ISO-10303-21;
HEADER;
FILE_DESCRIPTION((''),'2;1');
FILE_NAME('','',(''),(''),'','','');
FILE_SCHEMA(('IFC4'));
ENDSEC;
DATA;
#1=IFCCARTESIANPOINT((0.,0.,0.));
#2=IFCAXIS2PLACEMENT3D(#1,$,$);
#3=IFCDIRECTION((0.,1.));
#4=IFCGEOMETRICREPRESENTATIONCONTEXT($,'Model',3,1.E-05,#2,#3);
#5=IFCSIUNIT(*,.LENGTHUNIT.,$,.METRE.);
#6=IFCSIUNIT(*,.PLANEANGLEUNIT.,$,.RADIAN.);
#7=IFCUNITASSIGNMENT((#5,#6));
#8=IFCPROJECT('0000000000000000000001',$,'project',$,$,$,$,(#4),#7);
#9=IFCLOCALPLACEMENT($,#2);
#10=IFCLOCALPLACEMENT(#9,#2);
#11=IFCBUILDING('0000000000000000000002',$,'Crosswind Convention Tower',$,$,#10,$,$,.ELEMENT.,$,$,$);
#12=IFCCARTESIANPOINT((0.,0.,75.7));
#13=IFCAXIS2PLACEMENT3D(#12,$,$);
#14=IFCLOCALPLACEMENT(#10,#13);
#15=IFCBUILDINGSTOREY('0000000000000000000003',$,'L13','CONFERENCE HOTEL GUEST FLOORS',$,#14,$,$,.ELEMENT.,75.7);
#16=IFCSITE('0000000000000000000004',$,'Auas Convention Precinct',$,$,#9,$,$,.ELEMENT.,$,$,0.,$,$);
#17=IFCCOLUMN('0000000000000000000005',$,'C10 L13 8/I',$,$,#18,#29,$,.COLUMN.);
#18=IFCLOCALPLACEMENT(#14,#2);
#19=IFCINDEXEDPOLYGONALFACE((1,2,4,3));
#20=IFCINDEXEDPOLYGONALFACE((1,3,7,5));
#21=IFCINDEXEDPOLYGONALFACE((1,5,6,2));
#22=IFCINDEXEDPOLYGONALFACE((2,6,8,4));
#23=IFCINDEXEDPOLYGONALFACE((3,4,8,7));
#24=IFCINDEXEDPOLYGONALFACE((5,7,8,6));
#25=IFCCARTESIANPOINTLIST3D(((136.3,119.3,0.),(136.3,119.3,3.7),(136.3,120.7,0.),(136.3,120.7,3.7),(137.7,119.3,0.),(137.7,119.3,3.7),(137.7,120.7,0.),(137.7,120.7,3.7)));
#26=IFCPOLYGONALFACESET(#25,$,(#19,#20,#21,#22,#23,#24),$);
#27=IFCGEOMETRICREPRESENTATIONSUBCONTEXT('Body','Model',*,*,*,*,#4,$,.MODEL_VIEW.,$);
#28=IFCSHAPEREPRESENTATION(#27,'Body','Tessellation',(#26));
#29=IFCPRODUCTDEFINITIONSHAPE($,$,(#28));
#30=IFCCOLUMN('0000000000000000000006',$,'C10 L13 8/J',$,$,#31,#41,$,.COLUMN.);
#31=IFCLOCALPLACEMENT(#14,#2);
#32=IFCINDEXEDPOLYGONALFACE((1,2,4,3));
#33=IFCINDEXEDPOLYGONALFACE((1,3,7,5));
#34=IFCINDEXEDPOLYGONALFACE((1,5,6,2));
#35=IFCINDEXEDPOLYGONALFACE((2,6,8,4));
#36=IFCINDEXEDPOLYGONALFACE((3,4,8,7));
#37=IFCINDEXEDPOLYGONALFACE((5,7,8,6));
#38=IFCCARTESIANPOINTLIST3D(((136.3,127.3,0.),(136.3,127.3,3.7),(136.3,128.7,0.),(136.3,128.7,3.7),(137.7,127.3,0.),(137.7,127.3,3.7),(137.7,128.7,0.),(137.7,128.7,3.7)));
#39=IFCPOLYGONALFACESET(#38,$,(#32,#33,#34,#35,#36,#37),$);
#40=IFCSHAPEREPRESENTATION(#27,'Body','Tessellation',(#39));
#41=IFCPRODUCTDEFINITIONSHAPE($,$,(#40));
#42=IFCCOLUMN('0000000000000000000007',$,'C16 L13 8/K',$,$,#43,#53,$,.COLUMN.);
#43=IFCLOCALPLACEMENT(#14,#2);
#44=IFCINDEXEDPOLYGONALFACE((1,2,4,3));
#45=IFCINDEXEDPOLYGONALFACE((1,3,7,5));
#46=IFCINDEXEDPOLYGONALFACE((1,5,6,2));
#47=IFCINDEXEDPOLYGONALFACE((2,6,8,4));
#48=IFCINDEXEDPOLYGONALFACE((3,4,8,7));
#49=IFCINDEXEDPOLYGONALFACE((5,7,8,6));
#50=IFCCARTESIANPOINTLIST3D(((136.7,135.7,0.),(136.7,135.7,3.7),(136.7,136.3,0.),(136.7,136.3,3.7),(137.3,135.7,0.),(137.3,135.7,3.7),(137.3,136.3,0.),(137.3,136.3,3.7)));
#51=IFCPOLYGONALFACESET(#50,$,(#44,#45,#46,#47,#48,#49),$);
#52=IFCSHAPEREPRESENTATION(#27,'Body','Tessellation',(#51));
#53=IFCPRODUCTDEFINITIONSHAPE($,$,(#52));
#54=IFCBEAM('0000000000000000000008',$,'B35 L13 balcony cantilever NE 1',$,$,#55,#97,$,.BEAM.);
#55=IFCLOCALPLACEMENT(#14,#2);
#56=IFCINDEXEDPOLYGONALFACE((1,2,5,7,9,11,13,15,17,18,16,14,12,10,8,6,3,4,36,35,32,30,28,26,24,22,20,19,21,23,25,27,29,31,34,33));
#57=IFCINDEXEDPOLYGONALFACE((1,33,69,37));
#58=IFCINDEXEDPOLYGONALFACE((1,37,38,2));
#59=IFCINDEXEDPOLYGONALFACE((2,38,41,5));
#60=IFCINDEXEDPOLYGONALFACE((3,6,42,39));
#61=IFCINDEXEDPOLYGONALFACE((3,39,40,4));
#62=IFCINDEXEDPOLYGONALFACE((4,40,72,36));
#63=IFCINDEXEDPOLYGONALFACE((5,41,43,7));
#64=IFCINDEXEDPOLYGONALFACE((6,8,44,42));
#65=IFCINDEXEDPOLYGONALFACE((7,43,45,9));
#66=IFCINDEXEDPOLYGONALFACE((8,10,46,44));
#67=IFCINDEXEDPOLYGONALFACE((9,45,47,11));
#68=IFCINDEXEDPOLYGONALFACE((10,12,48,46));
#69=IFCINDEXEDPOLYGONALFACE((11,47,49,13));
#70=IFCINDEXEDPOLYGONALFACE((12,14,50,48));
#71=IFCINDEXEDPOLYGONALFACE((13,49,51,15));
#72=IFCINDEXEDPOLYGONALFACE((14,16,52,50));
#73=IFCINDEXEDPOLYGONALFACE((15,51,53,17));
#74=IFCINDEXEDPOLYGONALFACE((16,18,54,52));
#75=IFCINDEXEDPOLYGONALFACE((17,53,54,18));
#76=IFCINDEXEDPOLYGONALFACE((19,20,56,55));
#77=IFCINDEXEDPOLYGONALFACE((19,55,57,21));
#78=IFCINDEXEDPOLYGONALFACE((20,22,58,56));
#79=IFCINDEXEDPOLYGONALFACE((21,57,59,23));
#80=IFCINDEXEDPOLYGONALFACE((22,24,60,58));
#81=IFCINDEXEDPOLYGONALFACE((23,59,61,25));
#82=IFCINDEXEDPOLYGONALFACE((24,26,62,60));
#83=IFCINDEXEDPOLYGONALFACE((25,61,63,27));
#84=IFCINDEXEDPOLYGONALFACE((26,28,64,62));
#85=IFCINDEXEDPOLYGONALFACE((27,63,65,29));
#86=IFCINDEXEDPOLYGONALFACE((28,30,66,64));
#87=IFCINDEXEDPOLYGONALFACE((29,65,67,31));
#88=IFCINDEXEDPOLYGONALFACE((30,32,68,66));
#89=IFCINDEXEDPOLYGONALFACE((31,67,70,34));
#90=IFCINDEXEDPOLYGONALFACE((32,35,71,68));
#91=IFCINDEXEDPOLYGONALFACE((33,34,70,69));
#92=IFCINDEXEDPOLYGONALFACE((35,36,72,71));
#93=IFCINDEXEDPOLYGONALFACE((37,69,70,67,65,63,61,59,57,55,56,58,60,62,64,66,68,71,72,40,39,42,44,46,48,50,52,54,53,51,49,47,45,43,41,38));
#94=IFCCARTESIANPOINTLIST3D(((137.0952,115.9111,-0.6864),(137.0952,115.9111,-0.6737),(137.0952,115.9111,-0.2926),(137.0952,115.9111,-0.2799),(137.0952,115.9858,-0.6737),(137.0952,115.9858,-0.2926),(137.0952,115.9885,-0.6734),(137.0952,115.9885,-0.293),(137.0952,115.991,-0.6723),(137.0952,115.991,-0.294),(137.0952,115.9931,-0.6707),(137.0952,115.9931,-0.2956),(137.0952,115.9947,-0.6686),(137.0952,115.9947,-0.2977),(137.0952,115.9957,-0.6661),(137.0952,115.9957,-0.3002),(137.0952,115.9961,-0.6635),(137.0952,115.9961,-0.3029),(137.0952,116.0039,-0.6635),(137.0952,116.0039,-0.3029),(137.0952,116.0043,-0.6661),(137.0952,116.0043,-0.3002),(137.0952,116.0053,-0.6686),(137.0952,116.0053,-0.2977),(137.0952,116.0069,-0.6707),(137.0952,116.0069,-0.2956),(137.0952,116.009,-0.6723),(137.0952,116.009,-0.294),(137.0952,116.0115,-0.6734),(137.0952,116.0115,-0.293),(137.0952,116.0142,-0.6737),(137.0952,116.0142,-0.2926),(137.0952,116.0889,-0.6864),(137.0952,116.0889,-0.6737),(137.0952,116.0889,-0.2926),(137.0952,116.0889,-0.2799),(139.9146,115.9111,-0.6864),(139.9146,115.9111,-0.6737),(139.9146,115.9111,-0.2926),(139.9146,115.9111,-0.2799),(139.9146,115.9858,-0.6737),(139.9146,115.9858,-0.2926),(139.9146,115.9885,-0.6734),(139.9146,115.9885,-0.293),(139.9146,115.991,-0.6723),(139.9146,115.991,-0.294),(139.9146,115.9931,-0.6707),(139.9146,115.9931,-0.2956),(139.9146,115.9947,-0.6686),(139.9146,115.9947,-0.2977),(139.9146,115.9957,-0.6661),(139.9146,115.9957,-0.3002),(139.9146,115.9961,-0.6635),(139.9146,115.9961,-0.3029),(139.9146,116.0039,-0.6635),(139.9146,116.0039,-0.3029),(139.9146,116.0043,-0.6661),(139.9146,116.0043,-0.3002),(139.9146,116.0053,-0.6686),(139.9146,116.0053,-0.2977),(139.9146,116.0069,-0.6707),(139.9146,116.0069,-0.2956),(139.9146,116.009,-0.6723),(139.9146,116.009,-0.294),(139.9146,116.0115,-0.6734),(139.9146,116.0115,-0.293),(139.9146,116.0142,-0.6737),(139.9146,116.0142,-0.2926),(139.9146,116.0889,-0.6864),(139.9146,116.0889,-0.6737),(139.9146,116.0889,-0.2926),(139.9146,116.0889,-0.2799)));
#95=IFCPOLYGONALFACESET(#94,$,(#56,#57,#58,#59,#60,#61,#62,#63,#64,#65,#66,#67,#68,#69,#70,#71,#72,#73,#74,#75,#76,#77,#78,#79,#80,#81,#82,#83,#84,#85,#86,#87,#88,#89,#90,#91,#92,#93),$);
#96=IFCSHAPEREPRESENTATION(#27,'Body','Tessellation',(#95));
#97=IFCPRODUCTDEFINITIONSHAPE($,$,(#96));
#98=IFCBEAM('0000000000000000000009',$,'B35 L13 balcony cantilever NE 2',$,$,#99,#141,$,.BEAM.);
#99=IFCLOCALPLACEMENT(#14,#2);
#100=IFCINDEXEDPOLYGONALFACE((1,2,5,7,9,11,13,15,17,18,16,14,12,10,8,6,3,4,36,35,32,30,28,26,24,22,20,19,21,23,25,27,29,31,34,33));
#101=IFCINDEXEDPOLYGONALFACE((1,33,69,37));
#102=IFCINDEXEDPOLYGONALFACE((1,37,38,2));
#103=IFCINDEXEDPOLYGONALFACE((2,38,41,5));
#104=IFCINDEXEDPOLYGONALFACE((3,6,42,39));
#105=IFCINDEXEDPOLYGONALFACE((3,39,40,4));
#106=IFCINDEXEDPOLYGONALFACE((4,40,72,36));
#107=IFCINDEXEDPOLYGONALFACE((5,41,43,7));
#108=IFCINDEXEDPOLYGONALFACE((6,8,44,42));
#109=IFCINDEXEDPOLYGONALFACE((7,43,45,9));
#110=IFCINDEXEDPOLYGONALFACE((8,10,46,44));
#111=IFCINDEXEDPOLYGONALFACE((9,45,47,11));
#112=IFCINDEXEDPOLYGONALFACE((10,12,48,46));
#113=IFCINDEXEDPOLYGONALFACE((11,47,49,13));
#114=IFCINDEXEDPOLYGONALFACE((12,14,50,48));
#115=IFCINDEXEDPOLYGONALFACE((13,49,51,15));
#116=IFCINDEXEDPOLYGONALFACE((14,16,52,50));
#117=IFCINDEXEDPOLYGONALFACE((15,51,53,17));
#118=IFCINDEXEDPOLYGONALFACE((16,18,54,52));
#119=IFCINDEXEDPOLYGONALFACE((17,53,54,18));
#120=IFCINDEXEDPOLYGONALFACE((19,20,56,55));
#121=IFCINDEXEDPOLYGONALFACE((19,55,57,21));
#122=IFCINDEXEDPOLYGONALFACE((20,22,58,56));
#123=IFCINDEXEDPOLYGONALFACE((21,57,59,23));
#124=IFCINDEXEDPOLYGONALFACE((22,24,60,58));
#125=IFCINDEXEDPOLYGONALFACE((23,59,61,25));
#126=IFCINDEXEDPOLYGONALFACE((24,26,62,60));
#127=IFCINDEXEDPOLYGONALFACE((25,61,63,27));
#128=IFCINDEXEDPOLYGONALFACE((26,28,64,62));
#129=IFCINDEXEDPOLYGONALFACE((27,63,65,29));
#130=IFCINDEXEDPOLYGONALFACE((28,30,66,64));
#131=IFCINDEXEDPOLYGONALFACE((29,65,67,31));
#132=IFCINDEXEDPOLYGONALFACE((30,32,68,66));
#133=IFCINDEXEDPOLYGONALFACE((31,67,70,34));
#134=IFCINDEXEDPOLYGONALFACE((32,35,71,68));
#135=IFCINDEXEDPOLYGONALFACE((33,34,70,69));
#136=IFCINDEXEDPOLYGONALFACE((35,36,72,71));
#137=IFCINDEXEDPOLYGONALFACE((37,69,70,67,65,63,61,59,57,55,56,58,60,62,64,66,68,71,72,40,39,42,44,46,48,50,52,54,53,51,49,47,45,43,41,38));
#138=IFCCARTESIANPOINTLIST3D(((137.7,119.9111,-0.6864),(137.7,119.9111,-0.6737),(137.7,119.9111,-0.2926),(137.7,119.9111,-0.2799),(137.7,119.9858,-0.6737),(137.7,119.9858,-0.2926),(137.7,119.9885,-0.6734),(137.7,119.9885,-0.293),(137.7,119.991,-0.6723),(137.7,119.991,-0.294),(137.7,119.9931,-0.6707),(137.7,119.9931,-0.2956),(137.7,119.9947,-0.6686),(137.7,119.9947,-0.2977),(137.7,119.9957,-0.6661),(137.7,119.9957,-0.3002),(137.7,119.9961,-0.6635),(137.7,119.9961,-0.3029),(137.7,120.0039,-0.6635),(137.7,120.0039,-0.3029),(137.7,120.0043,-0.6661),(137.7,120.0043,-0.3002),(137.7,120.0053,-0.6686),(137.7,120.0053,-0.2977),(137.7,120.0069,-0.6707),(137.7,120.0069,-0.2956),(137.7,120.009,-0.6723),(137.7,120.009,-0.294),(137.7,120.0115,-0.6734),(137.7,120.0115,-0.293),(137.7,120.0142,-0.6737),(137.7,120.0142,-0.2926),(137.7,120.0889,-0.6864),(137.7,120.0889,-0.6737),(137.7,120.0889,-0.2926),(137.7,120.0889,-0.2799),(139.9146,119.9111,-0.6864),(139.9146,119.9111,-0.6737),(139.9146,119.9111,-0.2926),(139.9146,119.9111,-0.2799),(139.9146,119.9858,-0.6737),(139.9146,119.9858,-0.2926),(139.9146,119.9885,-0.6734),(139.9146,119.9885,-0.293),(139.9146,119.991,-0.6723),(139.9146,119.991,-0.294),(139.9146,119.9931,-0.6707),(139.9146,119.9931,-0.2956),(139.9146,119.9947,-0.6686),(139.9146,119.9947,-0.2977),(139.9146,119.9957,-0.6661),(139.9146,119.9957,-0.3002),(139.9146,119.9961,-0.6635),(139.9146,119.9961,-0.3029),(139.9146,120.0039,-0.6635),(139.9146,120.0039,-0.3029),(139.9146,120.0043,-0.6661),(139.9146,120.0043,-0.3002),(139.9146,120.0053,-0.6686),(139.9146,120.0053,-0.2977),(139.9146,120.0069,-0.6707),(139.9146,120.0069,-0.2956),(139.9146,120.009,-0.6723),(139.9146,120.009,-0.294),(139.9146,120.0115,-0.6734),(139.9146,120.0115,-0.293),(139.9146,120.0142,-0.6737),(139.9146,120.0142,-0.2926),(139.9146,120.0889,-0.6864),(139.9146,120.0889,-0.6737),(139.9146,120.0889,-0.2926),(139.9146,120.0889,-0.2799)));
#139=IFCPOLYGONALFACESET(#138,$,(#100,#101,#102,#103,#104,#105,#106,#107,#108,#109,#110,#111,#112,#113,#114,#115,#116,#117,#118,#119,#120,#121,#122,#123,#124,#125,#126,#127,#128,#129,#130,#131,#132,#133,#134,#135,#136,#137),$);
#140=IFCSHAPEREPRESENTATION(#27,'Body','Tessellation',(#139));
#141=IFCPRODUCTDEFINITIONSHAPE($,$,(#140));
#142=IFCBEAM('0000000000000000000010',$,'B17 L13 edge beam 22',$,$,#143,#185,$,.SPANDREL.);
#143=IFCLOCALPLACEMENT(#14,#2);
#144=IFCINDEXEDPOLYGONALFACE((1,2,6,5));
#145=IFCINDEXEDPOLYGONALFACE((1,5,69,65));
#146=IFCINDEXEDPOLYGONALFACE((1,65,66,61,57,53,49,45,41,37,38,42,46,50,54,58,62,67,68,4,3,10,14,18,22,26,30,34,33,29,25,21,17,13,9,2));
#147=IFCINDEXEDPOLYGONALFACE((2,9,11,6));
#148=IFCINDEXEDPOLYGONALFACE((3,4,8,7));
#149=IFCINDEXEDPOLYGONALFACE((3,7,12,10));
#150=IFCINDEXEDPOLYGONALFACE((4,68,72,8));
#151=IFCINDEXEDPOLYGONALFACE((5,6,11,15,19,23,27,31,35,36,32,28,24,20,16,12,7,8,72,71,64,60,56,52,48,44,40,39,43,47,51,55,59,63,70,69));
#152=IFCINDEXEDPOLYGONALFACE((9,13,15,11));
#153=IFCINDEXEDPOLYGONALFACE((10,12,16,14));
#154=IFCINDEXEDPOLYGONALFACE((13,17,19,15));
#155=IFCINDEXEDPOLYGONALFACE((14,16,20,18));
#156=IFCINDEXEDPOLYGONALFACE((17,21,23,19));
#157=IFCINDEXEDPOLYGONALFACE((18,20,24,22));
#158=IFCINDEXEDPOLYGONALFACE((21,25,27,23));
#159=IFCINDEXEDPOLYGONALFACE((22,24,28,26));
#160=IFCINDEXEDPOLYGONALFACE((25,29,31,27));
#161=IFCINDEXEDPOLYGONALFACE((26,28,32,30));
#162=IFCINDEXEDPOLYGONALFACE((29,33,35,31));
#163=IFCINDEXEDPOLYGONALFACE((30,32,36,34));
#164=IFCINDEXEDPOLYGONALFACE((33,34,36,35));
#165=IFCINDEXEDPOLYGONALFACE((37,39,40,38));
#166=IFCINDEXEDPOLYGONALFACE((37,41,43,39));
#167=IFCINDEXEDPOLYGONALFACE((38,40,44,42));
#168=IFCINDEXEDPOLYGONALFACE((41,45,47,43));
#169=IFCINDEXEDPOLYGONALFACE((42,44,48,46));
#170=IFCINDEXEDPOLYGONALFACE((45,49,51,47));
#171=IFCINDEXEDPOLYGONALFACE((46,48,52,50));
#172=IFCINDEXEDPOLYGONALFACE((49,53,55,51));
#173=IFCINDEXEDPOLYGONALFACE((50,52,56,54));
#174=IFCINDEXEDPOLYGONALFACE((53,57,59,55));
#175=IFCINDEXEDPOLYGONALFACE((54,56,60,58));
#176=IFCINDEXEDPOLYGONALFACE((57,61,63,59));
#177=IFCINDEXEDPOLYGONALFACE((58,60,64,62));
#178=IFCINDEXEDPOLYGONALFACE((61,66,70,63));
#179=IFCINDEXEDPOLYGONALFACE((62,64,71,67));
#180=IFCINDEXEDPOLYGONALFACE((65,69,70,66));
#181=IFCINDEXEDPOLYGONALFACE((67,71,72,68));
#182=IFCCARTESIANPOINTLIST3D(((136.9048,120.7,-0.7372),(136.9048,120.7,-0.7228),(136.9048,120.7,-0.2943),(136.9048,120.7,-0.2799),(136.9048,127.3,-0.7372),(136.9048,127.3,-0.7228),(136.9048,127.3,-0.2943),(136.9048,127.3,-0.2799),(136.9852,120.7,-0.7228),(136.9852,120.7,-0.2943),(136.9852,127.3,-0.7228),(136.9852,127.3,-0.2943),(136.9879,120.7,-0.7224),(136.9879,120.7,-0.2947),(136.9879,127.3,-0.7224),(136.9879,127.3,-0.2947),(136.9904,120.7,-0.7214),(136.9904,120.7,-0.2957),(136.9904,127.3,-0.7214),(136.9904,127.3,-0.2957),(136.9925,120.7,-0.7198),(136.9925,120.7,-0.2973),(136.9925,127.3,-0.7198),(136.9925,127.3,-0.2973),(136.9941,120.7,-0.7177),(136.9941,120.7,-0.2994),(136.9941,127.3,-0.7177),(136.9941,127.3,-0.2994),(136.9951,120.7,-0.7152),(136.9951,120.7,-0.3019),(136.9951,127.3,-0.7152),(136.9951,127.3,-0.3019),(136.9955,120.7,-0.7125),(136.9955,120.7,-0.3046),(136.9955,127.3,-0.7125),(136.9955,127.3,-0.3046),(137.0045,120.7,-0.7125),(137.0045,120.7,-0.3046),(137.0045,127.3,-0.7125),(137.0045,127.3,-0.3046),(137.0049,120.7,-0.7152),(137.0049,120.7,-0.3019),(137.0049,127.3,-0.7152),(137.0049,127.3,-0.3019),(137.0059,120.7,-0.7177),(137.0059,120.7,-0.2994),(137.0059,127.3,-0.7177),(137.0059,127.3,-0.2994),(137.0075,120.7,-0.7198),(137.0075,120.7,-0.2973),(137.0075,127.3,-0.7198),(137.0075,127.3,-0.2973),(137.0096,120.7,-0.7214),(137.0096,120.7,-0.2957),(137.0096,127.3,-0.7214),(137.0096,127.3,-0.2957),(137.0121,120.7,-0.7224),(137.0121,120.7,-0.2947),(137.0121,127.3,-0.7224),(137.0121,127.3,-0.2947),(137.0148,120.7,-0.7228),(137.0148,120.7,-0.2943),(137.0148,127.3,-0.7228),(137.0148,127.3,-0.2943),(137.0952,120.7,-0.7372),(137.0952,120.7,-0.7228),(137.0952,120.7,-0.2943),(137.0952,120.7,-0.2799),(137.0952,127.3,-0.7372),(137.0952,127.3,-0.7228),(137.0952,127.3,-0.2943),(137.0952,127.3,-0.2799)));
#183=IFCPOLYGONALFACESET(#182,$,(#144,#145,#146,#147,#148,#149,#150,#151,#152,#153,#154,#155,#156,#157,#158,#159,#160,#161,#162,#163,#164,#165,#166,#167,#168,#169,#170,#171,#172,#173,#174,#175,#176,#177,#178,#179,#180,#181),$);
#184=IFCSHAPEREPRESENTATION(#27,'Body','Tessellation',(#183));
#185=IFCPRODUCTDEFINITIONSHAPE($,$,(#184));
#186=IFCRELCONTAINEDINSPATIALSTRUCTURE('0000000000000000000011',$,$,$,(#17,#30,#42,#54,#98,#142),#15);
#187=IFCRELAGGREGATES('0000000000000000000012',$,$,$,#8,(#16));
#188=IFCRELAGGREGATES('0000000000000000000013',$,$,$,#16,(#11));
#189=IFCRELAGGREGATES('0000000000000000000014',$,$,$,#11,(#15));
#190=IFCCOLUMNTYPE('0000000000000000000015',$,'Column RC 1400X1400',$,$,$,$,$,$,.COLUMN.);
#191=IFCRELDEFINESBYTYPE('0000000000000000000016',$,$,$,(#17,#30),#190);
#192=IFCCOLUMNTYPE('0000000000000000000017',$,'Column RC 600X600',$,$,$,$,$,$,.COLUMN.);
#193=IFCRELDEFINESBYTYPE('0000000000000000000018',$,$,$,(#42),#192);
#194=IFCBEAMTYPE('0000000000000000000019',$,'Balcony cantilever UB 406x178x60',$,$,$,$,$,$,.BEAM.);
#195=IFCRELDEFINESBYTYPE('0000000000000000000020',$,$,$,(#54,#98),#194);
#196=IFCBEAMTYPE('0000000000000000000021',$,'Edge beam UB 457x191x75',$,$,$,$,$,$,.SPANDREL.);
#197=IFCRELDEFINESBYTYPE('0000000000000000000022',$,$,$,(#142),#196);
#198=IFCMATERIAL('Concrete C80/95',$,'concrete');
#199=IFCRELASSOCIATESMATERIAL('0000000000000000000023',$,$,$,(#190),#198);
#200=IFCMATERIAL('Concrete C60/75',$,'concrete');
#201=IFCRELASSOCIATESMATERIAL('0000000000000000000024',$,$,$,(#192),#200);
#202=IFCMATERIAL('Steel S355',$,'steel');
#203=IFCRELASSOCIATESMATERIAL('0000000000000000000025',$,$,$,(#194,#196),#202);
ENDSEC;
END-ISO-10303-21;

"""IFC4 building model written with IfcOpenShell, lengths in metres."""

from ifc_helpers import new_model, si_unit, direction, frame, origin, origin_2d, place, context, subcontext, project, spatial, rectangle, i_section, extrude, material, material_profile, profile_set, type_object, element, save


model = new_model("IFC4")

# Units and contexts
model_context = context("Model", 3, precision=1e-05, world=origin(), true_north=direction((0.0, 1.0)))
body_context = subcontext(model_context, "Body", "Model", "MODEL_VIEW")
ifc_project = project(units=[si_unit("LENGTHUNIT", "METRE"), si_unit("PLANEANGLEUNIT", "RADIAN")], contexts=[model_context])

# Site, building, storey
site_placement = place(None, origin())
site = spatial("IfcSite", under=ifc_project, at=site_placement, Name="Auas Convention Precinct", CompositionType="ELEMENT", RefElevation=0.0)
building_placement = place(site_placement, origin())
building = spatial("IfcBuilding", under=site, at=building_placement, Name="Crosswind Convention Tower", CompositionType="ELEMENT")
storey_placement = place(building_placement, frame((0.0, 0.0, 75.7)))
storey = spatial("IfcBuildingStorey", under=building, at=storey_placement, Name="L13", Description="CONFERENCE HOTEL GUEST FLOORS", CompositionType="ELEMENT", Elevation=75.7)

# Columns
ifc_material_1 = material(Name="Concrete C80/95", Category="concrete")
ifc_material_profile_1 = material_profile(ifc_material_1, rectangle(XDim=1.3999, YDim=1.3999, at=origin_2d()), Name="RC 1400X1400")
ifc_profile_set_1 = profile_set([ifc_material_profile_1], Name="Concrete C80/95")
column_type_1 = type_object("IfcColumnType", Name="Column RC 1400X1400", PredefinedType="COLUMN", material=ifc_profile_set_1)
for number, where, z_axis, x_axis, name in (
    (1, (137.0, 120.0, 0.0), (0.0, 0.0, 1.0), (1.0, 0.0, 0.0), "C10 L13 8/I"),
    (2, (137.0, 128.0, 0.0), (0.0, 0.0, 1.0), (1.0, 0.0, 0.0), "C10 L13 8/J"),
):
    element("IfcColumn", number, at=place(storey_placement, frame(where, z_axis=z_axis, x_axis=x_axis)), inside=storey, type_object=column_type_1, Name=name, PredefinedType="COLUMN", context=body_context, shape_type="SweptSolid", body=[
        extrude(rectangle(XDim=1.3999, YDim=1.3999, at=origin_2d()), origin(), (0.0, 0.0, 1.0), 3.7),
    ])
ifc_material_2 = material(Name="Concrete C60/75", Category="concrete")
ifc_material_profile_2 = material_profile(ifc_material_2, rectangle(XDim=0.6001, YDim=0.6001, at=origin_2d()), Name="RC 600X600")
ifc_profile_set_2 = profile_set([ifc_material_profile_2], Name="Concrete C60/75")
column_type_2 = type_object("IfcColumnType", Name="Column RC 600X600", PredefinedType="COLUMN", material=ifc_profile_set_2)
column_placement = place(storey_placement, frame((137.0, 136.0, 0.0), z_axis=(0.0, 0.0, 1.0), x_axis=(1.0, 0.0, 0.0)))
element("IfcColumn", 3, at=column_placement, inside=storey, type_object=column_type_2, Name="C16 L13 8/K", PredefinedType="COLUMN", context=body_context, shape_type="SweptSolid", body=[
    extrude(rectangle(XDim=0.6001, YDim=0.6001, at=origin_2d()), origin(), (0.0, 0.0, 1.0), 3.7),
])

# Beams
ifc_material_3 = material(Name="Steel S355", Category="steel")
ifc_material_profile_3 = material_profile(ifc_material_3, i_section(OverallWidth=0.1777, OverallDepth=0.4065, WebThickness=0.0078, FlangeThickness=0.0127, FilletRadius=0.0103, at=origin_2d()), Name="UB 406x178x60")
ifc_profile_set_3 = profile_set([ifc_material_profile_3], Name="Steel S355")
beam_type_1 = type_object("IfcBeamType", Name="Balcony cantilever UB 406x178x60", PredefinedType="BEAM", material=ifc_profile_set_3)
beam_1_placement = place(storey_placement, frame((137.0952, 116.0, -0.4832), z_axis=(1.0, 0.0, 0.0), x_axis=(0.0, 1.0, 0.0)))
element("IfcBeam", 4, at=beam_1_placement, inside=storey, type_object=beam_type_1, Name="B35 L13 balcony cantilever NE 1", PredefinedType="BEAM", context=body_context, shape_type="SweptSolid", body=[
    extrude(i_section(OverallWidth=0.1777, OverallDepth=0.4065, WebThickness=0.0078, FlangeThickness=0.0127, FilletRadius=0.0103, at=origin_2d()), origin(), (0.0, 0.0, 1.0), 2.8193),
])
beam_2_placement = place(storey_placement, frame((137.7, 120.0, -0.4832), z_axis=(1.0, 0.0, 0.0), x_axis=(0.0, 1.0, 0.0)))
element("IfcBeam", 5, at=beam_2_placement, inside=storey, type_object=beam_type_1, Name="B35 L13 balcony cantilever NE 2", PredefinedType="BEAM", context=body_context, shape_type="SweptSolid", body=[
    extrude(i_section(OverallWidth=0.1777, OverallDepth=0.4065, WebThickness=0.0078, FlangeThickness=0.0127, FilletRadius=0.0103, at=origin_2d()), origin(), (0.0, 0.0, 1.0), 2.2146),
])
ifc_material_profile_4 = material_profile(ifc_material_3, i_section(OverallWidth=0.1904, OverallDepth=0.4573, WebThickness=0.009, FlangeThickness=0.0144, FilletRadius=0.0103, at=origin_2d()), Name="UB 457x191x75")
ifc_profile_set_4 = profile_set([ifc_material_profile_4], Name="Steel S355")
beam_type_2 = type_object("IfcBeamType", Name="Edge beam UB 457x191x75", PredefinedType="SPANDREL", material=ifc_profile_set_4)
beam_3_placement = place(storey_placement, frame((137.0, 120.7, -0.5085), z_axis=(0.0, 1.0, 0.0), x_axis=(-1.0, 0.0, 0.0)))
element("IfcBeam", 6, at=beam_3_placement, inside=storey, type_object=beam_type_2, Name="B17 L13 edge beam 22", PredefinedType="SPANDREL", context=body_context, shape_type="SweptSolid", body=[
    extrude(i_section(OverallWidth=0.1904, OverallDepth=0.4573, WebThickness=0.009, FlangeThickness=0.0144, FilletRadius=0.0103, at=origin_2d()), origin(), (0.0, 0.0, 1.0), 6.6001),
])

save(model, "model.ifc")
